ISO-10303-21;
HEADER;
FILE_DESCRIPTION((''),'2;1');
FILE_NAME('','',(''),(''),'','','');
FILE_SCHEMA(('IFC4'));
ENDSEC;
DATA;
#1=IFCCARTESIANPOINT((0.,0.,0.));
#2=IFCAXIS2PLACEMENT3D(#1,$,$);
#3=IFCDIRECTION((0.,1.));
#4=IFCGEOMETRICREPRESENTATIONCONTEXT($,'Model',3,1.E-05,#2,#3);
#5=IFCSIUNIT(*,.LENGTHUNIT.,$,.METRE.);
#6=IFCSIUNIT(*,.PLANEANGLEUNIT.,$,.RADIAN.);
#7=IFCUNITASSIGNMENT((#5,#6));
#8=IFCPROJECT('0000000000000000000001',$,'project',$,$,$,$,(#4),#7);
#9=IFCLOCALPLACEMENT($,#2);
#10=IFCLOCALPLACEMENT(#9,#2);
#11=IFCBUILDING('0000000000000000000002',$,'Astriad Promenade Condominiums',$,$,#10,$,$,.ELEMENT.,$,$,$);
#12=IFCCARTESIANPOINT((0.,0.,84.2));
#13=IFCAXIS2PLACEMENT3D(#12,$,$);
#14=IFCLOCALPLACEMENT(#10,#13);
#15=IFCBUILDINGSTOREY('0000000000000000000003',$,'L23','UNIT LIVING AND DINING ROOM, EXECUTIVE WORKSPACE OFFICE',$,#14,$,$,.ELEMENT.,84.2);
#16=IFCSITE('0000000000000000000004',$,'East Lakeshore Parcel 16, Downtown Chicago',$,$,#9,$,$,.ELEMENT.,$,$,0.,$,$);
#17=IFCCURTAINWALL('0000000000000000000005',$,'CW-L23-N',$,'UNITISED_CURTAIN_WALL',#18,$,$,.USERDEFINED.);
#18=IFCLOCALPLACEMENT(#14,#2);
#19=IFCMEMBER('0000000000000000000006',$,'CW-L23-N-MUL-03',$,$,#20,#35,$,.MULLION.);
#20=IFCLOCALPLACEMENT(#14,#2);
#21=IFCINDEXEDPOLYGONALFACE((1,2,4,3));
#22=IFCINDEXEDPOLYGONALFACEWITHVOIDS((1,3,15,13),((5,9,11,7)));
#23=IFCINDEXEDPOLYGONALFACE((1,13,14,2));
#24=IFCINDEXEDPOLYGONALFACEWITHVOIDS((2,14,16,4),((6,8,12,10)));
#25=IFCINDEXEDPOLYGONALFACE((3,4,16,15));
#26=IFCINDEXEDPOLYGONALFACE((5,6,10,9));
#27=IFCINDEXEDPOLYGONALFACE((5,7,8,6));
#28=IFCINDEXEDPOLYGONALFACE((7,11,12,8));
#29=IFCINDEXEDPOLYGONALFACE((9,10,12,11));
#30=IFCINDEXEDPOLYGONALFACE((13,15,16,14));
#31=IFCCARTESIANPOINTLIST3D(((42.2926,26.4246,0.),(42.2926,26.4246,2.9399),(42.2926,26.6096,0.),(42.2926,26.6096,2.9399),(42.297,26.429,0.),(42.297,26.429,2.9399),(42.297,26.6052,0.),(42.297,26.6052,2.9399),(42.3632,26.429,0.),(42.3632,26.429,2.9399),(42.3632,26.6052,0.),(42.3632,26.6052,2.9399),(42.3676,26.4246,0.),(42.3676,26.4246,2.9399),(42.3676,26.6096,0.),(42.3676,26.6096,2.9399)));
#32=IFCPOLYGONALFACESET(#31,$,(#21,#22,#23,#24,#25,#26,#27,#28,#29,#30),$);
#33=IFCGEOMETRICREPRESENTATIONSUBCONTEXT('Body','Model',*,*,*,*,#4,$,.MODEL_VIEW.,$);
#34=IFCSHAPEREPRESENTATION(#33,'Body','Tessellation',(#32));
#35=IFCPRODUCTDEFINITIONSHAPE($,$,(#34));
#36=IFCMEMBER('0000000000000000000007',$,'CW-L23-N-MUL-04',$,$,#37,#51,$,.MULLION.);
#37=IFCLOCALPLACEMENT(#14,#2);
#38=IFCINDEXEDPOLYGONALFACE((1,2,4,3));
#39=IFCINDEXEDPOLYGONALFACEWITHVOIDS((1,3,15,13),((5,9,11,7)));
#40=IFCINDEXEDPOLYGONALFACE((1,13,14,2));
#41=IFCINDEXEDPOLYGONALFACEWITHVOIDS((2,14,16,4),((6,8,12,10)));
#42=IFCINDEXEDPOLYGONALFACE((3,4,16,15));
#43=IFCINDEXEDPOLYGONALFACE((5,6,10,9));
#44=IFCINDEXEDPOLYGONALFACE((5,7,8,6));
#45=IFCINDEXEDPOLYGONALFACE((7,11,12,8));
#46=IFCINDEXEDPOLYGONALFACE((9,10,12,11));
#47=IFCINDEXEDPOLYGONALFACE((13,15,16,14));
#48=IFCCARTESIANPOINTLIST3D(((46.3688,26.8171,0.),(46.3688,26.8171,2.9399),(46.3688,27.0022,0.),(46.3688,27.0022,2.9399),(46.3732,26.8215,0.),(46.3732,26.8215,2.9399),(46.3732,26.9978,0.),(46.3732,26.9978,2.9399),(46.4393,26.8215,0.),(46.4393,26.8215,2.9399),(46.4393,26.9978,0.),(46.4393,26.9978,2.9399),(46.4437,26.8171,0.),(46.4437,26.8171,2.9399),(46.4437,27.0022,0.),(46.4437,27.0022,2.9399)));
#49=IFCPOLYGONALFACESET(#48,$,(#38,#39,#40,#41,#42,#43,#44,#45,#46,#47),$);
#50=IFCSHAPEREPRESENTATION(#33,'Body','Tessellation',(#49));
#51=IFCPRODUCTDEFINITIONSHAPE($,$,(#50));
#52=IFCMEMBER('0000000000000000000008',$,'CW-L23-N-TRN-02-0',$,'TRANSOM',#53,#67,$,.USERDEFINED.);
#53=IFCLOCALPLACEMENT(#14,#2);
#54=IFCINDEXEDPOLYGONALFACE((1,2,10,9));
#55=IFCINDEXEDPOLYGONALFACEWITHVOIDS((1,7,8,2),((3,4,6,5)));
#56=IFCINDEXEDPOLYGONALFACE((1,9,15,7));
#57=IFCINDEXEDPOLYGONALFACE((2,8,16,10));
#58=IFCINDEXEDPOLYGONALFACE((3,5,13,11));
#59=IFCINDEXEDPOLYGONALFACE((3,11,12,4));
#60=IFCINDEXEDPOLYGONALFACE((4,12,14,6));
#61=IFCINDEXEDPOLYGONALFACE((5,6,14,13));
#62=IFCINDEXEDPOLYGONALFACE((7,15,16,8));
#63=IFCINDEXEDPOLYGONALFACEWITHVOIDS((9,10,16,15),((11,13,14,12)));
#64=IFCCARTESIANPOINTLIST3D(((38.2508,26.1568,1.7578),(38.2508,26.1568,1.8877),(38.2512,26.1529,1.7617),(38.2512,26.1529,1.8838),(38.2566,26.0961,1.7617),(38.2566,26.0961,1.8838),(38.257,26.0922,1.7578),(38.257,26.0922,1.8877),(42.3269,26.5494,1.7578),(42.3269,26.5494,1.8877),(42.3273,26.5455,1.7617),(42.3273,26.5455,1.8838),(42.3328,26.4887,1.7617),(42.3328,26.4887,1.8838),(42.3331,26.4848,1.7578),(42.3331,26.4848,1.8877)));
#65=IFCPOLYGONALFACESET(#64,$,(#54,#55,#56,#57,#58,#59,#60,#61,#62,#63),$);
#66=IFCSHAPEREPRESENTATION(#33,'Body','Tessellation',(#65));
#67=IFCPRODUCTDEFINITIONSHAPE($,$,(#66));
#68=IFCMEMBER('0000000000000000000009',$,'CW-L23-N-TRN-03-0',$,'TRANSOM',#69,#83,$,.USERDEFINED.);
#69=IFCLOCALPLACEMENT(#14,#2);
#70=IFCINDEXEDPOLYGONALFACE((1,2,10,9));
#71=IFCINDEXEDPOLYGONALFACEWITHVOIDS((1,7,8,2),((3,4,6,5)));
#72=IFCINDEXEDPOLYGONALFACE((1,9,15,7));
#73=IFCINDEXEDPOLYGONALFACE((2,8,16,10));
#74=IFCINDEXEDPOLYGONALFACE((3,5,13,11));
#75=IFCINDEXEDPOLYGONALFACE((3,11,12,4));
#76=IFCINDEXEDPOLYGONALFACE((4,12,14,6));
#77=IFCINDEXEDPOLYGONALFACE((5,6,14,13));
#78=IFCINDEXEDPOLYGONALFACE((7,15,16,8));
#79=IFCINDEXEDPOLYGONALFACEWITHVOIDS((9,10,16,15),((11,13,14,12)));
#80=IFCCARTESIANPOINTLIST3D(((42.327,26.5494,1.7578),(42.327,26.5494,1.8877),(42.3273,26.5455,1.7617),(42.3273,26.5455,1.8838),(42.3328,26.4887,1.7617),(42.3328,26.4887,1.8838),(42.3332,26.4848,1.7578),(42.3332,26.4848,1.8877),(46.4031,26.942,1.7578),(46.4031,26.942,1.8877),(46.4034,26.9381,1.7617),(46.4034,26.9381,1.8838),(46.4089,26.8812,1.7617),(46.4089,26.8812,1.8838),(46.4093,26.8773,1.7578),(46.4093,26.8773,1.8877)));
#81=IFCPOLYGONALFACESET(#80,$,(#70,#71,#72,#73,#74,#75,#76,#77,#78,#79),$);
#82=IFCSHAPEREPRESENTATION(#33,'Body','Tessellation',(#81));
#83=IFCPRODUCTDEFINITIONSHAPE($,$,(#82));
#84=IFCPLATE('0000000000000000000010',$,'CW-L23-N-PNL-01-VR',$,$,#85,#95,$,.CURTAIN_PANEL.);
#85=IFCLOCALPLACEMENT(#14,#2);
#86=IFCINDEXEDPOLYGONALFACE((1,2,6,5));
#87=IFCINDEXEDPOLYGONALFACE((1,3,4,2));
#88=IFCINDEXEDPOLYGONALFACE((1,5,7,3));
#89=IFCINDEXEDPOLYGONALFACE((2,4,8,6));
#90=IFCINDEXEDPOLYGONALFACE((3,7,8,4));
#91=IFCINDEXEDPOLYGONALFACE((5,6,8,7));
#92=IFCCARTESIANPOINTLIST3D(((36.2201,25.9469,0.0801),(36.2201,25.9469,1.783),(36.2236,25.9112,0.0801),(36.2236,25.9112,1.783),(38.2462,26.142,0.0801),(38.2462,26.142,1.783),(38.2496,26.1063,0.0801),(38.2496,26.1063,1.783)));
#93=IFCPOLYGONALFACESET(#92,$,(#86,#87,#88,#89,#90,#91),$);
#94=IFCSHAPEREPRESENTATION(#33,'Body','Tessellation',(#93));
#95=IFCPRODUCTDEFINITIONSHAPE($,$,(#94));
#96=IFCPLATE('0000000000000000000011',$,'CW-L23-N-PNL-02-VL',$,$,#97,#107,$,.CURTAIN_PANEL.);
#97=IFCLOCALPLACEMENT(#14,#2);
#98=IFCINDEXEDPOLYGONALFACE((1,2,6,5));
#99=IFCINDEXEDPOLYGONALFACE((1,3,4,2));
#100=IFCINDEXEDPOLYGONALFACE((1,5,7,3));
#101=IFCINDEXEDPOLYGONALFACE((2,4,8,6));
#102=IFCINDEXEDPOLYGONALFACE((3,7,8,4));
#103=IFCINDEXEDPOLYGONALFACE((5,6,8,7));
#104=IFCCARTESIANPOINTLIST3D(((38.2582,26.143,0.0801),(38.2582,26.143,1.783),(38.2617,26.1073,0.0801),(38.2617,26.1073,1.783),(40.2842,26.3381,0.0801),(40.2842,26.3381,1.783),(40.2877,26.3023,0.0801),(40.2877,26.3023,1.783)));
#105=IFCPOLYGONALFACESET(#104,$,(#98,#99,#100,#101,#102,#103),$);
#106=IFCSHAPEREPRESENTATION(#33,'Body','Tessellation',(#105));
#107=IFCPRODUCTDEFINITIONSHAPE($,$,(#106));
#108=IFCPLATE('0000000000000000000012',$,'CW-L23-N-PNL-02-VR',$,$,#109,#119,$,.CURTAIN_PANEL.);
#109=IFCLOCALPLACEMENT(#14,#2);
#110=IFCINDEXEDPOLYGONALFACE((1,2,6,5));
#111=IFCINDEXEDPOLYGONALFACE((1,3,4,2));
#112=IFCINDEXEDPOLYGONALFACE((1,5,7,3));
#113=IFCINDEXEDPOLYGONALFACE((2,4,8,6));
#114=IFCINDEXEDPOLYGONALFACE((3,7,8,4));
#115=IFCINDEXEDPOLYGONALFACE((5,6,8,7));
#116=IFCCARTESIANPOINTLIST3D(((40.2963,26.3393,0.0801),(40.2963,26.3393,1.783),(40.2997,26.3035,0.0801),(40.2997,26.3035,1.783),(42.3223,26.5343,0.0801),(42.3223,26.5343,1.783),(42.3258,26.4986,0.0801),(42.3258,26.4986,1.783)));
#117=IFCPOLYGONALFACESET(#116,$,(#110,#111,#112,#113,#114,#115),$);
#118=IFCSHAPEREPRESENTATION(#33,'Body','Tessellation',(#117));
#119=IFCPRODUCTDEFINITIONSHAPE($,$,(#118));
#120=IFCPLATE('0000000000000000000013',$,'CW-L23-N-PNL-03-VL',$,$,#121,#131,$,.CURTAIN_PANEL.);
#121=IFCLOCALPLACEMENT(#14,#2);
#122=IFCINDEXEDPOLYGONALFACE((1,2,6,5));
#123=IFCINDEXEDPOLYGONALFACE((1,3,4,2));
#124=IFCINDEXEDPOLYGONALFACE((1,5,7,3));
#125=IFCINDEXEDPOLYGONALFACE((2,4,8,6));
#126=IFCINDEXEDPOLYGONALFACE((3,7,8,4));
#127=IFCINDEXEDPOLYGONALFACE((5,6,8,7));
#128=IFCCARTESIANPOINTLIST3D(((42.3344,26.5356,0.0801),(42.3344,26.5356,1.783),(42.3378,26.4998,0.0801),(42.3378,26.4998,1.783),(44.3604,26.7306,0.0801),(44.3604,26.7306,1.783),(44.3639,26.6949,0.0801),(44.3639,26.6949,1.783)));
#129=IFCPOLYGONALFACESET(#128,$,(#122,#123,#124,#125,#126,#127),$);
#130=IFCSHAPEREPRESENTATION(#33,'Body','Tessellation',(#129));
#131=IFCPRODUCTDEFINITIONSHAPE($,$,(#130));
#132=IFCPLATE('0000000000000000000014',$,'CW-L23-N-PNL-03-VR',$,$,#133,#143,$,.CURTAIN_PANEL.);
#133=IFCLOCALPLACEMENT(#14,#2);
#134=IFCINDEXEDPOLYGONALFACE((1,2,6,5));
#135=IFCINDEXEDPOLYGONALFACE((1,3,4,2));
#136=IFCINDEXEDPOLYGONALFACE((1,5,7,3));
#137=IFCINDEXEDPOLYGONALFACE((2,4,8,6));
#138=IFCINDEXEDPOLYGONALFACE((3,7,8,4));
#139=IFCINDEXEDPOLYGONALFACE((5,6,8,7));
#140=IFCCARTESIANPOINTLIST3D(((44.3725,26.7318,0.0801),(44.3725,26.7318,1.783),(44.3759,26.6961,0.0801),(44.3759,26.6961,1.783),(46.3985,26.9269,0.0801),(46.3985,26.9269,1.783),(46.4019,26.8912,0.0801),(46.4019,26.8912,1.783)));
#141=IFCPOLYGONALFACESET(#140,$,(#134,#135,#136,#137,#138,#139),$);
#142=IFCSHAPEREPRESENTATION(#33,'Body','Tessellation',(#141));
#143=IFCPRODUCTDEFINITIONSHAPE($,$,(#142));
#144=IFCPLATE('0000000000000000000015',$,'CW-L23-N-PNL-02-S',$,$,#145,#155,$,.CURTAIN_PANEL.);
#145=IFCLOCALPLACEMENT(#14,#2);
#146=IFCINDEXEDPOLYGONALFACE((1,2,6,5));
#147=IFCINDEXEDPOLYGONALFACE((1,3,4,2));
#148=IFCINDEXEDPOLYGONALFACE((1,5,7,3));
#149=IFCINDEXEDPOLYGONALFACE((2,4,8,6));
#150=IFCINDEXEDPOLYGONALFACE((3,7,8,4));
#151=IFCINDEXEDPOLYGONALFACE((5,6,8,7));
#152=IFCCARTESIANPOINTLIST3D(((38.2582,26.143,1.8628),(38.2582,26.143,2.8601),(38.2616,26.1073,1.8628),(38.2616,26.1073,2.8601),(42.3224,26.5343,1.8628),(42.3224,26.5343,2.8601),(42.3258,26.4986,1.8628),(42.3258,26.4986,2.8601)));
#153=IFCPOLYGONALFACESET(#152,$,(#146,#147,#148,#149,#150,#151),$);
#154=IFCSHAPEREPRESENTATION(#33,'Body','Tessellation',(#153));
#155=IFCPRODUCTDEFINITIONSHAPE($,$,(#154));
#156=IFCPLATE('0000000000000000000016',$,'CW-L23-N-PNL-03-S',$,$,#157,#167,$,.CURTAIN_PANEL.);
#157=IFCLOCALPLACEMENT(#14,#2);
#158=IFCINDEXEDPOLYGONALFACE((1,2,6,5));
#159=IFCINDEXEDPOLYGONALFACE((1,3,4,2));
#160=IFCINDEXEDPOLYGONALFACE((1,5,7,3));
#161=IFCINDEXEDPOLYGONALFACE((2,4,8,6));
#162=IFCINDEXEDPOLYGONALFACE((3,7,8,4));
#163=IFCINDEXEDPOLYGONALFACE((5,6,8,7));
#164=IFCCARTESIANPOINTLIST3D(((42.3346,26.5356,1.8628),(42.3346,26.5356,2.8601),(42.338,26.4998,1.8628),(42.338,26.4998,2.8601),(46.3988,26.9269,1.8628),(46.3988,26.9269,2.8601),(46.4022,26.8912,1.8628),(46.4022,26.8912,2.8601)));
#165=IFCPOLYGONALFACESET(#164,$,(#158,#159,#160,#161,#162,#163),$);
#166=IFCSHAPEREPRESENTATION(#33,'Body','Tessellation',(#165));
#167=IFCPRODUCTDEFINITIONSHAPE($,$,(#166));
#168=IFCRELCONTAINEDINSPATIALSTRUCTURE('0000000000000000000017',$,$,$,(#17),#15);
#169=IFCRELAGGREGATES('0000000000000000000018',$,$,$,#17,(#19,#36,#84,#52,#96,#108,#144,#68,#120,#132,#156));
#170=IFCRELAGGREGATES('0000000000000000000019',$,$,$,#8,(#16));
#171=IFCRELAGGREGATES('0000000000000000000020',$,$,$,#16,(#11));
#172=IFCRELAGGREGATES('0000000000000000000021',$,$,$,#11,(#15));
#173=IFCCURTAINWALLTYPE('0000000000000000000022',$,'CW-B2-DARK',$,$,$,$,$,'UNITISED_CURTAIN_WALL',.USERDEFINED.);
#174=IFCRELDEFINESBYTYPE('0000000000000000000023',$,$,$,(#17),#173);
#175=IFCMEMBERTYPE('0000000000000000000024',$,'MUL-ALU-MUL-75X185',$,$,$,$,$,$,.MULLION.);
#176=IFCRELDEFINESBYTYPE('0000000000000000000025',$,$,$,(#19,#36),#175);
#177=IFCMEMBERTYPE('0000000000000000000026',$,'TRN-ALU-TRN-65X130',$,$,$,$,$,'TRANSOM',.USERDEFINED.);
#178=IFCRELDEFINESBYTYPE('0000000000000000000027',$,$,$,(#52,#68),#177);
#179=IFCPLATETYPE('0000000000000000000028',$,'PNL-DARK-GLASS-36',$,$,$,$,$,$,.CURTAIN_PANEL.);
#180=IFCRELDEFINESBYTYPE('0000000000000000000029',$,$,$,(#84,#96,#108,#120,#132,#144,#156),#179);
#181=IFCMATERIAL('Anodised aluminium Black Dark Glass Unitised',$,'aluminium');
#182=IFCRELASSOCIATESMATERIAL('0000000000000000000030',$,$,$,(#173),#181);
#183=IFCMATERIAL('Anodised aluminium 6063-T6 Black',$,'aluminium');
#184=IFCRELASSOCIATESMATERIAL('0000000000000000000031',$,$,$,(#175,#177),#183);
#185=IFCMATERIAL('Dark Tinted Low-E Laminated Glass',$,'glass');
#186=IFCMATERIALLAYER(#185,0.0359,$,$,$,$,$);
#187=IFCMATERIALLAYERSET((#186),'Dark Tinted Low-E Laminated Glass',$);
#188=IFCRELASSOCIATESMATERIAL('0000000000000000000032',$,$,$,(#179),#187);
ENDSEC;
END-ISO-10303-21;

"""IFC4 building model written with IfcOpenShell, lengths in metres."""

from ifc_helpers import new_model, si_unit, direction, frame, origin, origin_2d, place, context, subcontext, project, spatial, rectangle, hollow_rectangle, extrude, source, transform, mapped, material, layer, layer_set, material_profile, profile_set, type_object, type_shapes, element, aggregate, save


model = new_model("IFC4")

# Units and contexts
model_context = context("Model", 3, precision=1e-05, world=origin(), true_north=direction((0.0, 1.0)))
body_context = subcontext(model_context, "Body", "Model", "MODEL_VIEW")
ifc_project = project(units=[si_unit("LENGTHUNIT", "METRE"), si_unit("PLANEANGLEUNIT", "RADIAN")], contexts=[model_context])

# Site, building, storey
site_placement = place(None, origin())
site = spatial("IfcSite", under=ifc_project, at=site_placement, Name="East Lakeshore Parcel 16, Downtown Chicago", CompositionType="ELEMENT", RefElevation=0.0)
building_placement = place(site_placement, origin())
building = spatial("IfcBuilding", under=site, at=building_placement, Name="Astriad Promenade Condominiums", CompositionType="ELEMENT")
storey_placement = place(building_placement, frame((0.0, 0.0, 84.2)))
storey = spatial("IfcBuildingStorey", under=building, at=storey_placement, Name="L23", Description="UNIT LIVING AND DINING ROOM, EXECUTIVE WORKSPACE OFFICE", CompositionType="ELEMENT", Elevation=84.2)

# Curtain wall, members, plates
ifc_material_1 = material(Name="Anodised aluminium Black Dark Glass Unitised", Category="aluminium")
curtain_wall_type = type_object("IfcCurtainWallType", Name="CW-B2-DARK", ElementType="UNITISED_CURTAIN_WALL", PredefinedType="USERDEFINED", material=ifc_material_1)
curtain_wall_placement = place(storey_placement, origin())
curtain_wall = element("IfcCurtainWall", 1, at=curtain_wall_placement, inside=storey, type_object=curtain_wall_type, Name="CW-L23-N", ObjectType="UNITISED_CURTAIN_WALL", PredefinedType="USERDEFINED")
ifc_material_2 = material(Name="Anodised aluminium 6063-T6 Black", Category="aluminium")
ifc_material_profile_1 = material_profile(ifc_material_2, hollow_rectangle(XDim=0.075, YDim=0.1851, WallThickness=0.0044, at=origin_2d()), Name="ALU-MUL-75X185")
ifc_profile_set_1 = profile_set([ifc_material_profile_1], Name="Anodised aluminium 6063-T6 Black")
member_type_1 = type_object("IfcMemberType", Name="MUL-ALU-MUL-75X185", PredefinedType="MULLION", material=ifc_profile_set_1)
shared_shape_1 = source(origin(), body_context, "Body", "SweptSolid", [
    extrude(hollow_rectangle(XDim=0.075, YDim=0.1851, WallThickness=0.0044, at=origin_2d()), origin(), (0.0, 0.0, 1.0), 2.9399),
])
type_shapes(member_type_1, [shared_shape_1])
member_1_placement = place(storey_placement, frame((42.3301, 26.5171, 0.0), z_axis=(0.0, 0.0, 1.0), x_axis=(1.0, 0.0, 0.0)))
member_1 = element("IfcMember", 2, at=member_1_placement, type_object=member_type_1, Name="CW-L23-N-MUL-03", PredefinedType="MULLION", context=body_context, shape_type="MappedRepresentation", body=[
    mapped(shared_shape_1, transform((0.0, 0.0, 0.0), scale=1.0)),
])
member_2_placement = place(storey_placement, frame((46.4062, 26.9097, 0.0), z_axis=(0.0, 0.0, 1.0), x_axis=(1.0, 0.0, 0.0)))
member_2 = element("IfcMember", 3, at=member_2_placement, type_object=member_type_1, Name="CW-L23-N-MUL-04", PredefinedType="MULLION", context=body_context, shape_type="MappedRepresentation", body=[
    mapped(shared_shape_1, transform((0.0, 0.0, 0.0), scale=1.0)),
])
ifc_material_profile_2 = material_profile(ifc_material_2, hollow_rectangle(XDim=0.0649, YDim=0.1299, WallThickness=0.0039, at=origin_2d()), Name="ALU-TRN-65X130")
ifc_profile_set_2 = profile_set([ifc_material_profile_2], Name="Anodised aluminium 6063-T6 Black")
member_type_2 = type_object("IfcMemberType", Name="TRN-ALU-TRN-65X130", ElementType="TRANSOM", PredefinedType="USERDEFINED", material=ifc_profile_set_2)
shared_shape_2 = source(origin(), body_context, "Body", "SweptSolid", [
    extrude(hollow_rectangle(XDim=0.0649, YDim=0.1299, WallThickness=0.0039, at=origin_2d()), origin(), (0.0, 0.0, 1.0), 4.095),
])
type_shapes(member_type_2, [shared_shape_2])
member_3_placement = place(storey_placement, frame((38.2539, 26.1245, 1.8228), z_axis=(0.995394, 0.095867, 0.0), x_axis=(-0.095867, 0.995394, 0.0)))
member_3 = element("IfcMember", 4, at=member_3_placement, type_object=member_type_2, Name="CW-L23-N-TRN-02-0", ObjectType="TRANSOM", PredefinedType="USERDEFINED", context=body_context, shape_type="MappedRepresentation", body=[
    mapped(shared_shape_2, transform((0.0, 0.0, 0.0), scale=1.0)),
])
member_4_placement = place(storey_placement, frame((42.3301, 26.5171, 1.8228), z_axis=(0.995394, 0.095867, 0.0), x_axis=(-0.095867, 0.995394, 0.0)))
member_4 = element("IfcMember", 5, at=member_4_placement, type_object=member_type_2, Name="CW-L23-N-TRN-03-0", ObjectType="TRANSOM", PredefinedType="USERDEFINED", context=body_context, shape_type="MappedRepresentation", body=[
    mapped(shared_shape_2, transform((0.0, 0.0, 0.0), scale=1.0)),
])
ifc_material_3 = material(Name="Dark Tinted Low-E Laminated Glass", Category="glass")
ifc_layer_1 = layer(ifc_material_3, 0.0359)
ifc_layer_set_1 = layer_set([ifc_layer_1], Name="Dark Tinted Low-E Laminated Glass")
plate_type = type_object("IfcPlateType", Name="PNL-DARK-GLASS-36", PredefinedType="CURTAIN_PANEL", material=ifc_layer_set_1)
shared_shape_3 = source(origin(), body_context, "Body", "SweptSolid", [
    extrude(rectangle(XDim=2.0354, YDim=0.0359, at=origin_2d()), origin(), (0.0, 0.0, 1.0), 1.7029),
])
plate_1_placement = place(storey_placement, frame((37.2349, 26.0266, 0.0801), z_axis=(0.0, 0.0, 1.0), x_axis=(0.995396, 0.095846, 0.0)))
plate_1 = element("IfcPlate", 6, at=plate_1_placement, type_object=plate_type, Name="CW-L23-N-PNL-01-VR", PredefinedType="CURTAIN_PANEL", context=body_context, shape_type="MappedRepresentation", body=[
    mapped(shared_shape_3, transform((0.0, 0.0, 0.0), scale=1.0)),
])
plate_2_placement = place(storey_placement, frame((39.2729, 26.2227, 0.0801), z_axis=(0.0, 0.0, 1.0), x_axis=(0.995396, 0.095846, 0.0)))
plate_2 = element("IfcPlate", 7, at=plate_2_placement, type_object=plate_type, Name="CW-L23-N-PNL-02-VL", PredefinedType="CURTAIN_PANEL", context=body_context, shape_type="MappedRepresentation", body=[
    mapped(shared_shape_3, transform((0.0, 0.0, 0.0), scale=1.0)),
])
plate_3_placement = place(storey_placement, frame((41.311, 26.4189, 0.0801), z_axis=(0.0, 0.0, 1.0), x_axis=(0.995396, 0.095846, 0.0)))
plate_3 = element("IfcPlate", 8, at=plate_3_placement, type_object=plate_type, Name="CW-L23-N-PNL-02-VR", PredefinedType="CURTAIN_PANEL", context=body_context, shape_type="MappedRepresentation", body=[
    mapped(shared_shape_3, transform((0.0, 0.0, 0.0), scale=1.0)),
])
plate_4_placement = place(storey_placement, frame((43.3491, 26.6152, 0.0801), z_axis=(0.0, 0.0, 1.0), x_axis=(0.995396, 0.095846, 0.0)))
plate_4 = element("IfcPlate", 9, at=plate_4_placement, type_object=plate_type, Name="CW-L23-N-PNL-03-VL", PredefinedType="CURTAIN_PANEL", context=body_context, shape_type="MappedRepresentation", body=[
    mapped(shared_shape_3, transform((0.0, 0.0, 0.0), scale=1.0)),
])
plate_5_placement = place(storey_placement, frame((45.3872, 26.8115, 0.0801), z_axis=(0.0, 0.0, 1.0), x_axis=(0.995396, 0.095846, 0.0)))
plate_5 = element("IfcPlate", 10, at=plate_5_placement, type_object=plate_type, Name="CW-L23-N-PNL-03-VR", PredefinedType="CURTAIN_PANEL", context=body_context, shape_type="MappedRepresentation", body=[
    mapped(shared_shape_3, transform((0.0, 0.0, 0.0), scale=1.0)),
])
shared_shape_4 = source(origin(), body_context, "Body", "SweptSolid", [
    extrude(rectangle(XDim=4.083, YDim=0.0359, at=origin_2d()), origin(), (0.0, 0.0, 1.0), 0.9973),
])
type_shapes(plate_type, [shared_shape_3, shared_shape_4])
plate_6_placement = place(storey_placement, frame((40.292, 26.3208, 1.8628), z_axis=(0.0, 0.0, 1.0), x_axis=(0.995396, 0.095846, 0.0)))
plate_6 = element("IfcPlate", 11, at=plate_6_placement, type_object=plate_type, Name="CW-L23-N-PNL-02-S", PredefinedType="CURTAIN_PANEL", context=body_context, shape_type="MappedRepresentation", body=[
    mapped(shared_shape_4, transform((0.0, 0.0, 0.0), scale=1.0)),
])
plate_7_placement = place(storey_placement, frame((44.3684, 26.7134, 1.8628), z_axis=(0.0, 0.0, 1.0), x_axis=(0.995396, 0.095846, 0.0)))
plate_7 = element("IfcPlate", 12, at=plate_7_placement, type_object=plate_type, Name="CW-L23-N-PNL-03-S", PredefinedType="CURTAIN_PANEL", context=body_context, shape_type="MappedRepresentation", body=[
    mapped(shared_shape_4, transform((0.0, 0.0, 0.0), scale=1.0)),
])
aggregate(curtain_wall, [member_1, member_2, plate_1, member_3, plate_2, plate_3, plate_6, member_4, plate_4, plate_5, plate_7])

save(model, "model.ifc")
